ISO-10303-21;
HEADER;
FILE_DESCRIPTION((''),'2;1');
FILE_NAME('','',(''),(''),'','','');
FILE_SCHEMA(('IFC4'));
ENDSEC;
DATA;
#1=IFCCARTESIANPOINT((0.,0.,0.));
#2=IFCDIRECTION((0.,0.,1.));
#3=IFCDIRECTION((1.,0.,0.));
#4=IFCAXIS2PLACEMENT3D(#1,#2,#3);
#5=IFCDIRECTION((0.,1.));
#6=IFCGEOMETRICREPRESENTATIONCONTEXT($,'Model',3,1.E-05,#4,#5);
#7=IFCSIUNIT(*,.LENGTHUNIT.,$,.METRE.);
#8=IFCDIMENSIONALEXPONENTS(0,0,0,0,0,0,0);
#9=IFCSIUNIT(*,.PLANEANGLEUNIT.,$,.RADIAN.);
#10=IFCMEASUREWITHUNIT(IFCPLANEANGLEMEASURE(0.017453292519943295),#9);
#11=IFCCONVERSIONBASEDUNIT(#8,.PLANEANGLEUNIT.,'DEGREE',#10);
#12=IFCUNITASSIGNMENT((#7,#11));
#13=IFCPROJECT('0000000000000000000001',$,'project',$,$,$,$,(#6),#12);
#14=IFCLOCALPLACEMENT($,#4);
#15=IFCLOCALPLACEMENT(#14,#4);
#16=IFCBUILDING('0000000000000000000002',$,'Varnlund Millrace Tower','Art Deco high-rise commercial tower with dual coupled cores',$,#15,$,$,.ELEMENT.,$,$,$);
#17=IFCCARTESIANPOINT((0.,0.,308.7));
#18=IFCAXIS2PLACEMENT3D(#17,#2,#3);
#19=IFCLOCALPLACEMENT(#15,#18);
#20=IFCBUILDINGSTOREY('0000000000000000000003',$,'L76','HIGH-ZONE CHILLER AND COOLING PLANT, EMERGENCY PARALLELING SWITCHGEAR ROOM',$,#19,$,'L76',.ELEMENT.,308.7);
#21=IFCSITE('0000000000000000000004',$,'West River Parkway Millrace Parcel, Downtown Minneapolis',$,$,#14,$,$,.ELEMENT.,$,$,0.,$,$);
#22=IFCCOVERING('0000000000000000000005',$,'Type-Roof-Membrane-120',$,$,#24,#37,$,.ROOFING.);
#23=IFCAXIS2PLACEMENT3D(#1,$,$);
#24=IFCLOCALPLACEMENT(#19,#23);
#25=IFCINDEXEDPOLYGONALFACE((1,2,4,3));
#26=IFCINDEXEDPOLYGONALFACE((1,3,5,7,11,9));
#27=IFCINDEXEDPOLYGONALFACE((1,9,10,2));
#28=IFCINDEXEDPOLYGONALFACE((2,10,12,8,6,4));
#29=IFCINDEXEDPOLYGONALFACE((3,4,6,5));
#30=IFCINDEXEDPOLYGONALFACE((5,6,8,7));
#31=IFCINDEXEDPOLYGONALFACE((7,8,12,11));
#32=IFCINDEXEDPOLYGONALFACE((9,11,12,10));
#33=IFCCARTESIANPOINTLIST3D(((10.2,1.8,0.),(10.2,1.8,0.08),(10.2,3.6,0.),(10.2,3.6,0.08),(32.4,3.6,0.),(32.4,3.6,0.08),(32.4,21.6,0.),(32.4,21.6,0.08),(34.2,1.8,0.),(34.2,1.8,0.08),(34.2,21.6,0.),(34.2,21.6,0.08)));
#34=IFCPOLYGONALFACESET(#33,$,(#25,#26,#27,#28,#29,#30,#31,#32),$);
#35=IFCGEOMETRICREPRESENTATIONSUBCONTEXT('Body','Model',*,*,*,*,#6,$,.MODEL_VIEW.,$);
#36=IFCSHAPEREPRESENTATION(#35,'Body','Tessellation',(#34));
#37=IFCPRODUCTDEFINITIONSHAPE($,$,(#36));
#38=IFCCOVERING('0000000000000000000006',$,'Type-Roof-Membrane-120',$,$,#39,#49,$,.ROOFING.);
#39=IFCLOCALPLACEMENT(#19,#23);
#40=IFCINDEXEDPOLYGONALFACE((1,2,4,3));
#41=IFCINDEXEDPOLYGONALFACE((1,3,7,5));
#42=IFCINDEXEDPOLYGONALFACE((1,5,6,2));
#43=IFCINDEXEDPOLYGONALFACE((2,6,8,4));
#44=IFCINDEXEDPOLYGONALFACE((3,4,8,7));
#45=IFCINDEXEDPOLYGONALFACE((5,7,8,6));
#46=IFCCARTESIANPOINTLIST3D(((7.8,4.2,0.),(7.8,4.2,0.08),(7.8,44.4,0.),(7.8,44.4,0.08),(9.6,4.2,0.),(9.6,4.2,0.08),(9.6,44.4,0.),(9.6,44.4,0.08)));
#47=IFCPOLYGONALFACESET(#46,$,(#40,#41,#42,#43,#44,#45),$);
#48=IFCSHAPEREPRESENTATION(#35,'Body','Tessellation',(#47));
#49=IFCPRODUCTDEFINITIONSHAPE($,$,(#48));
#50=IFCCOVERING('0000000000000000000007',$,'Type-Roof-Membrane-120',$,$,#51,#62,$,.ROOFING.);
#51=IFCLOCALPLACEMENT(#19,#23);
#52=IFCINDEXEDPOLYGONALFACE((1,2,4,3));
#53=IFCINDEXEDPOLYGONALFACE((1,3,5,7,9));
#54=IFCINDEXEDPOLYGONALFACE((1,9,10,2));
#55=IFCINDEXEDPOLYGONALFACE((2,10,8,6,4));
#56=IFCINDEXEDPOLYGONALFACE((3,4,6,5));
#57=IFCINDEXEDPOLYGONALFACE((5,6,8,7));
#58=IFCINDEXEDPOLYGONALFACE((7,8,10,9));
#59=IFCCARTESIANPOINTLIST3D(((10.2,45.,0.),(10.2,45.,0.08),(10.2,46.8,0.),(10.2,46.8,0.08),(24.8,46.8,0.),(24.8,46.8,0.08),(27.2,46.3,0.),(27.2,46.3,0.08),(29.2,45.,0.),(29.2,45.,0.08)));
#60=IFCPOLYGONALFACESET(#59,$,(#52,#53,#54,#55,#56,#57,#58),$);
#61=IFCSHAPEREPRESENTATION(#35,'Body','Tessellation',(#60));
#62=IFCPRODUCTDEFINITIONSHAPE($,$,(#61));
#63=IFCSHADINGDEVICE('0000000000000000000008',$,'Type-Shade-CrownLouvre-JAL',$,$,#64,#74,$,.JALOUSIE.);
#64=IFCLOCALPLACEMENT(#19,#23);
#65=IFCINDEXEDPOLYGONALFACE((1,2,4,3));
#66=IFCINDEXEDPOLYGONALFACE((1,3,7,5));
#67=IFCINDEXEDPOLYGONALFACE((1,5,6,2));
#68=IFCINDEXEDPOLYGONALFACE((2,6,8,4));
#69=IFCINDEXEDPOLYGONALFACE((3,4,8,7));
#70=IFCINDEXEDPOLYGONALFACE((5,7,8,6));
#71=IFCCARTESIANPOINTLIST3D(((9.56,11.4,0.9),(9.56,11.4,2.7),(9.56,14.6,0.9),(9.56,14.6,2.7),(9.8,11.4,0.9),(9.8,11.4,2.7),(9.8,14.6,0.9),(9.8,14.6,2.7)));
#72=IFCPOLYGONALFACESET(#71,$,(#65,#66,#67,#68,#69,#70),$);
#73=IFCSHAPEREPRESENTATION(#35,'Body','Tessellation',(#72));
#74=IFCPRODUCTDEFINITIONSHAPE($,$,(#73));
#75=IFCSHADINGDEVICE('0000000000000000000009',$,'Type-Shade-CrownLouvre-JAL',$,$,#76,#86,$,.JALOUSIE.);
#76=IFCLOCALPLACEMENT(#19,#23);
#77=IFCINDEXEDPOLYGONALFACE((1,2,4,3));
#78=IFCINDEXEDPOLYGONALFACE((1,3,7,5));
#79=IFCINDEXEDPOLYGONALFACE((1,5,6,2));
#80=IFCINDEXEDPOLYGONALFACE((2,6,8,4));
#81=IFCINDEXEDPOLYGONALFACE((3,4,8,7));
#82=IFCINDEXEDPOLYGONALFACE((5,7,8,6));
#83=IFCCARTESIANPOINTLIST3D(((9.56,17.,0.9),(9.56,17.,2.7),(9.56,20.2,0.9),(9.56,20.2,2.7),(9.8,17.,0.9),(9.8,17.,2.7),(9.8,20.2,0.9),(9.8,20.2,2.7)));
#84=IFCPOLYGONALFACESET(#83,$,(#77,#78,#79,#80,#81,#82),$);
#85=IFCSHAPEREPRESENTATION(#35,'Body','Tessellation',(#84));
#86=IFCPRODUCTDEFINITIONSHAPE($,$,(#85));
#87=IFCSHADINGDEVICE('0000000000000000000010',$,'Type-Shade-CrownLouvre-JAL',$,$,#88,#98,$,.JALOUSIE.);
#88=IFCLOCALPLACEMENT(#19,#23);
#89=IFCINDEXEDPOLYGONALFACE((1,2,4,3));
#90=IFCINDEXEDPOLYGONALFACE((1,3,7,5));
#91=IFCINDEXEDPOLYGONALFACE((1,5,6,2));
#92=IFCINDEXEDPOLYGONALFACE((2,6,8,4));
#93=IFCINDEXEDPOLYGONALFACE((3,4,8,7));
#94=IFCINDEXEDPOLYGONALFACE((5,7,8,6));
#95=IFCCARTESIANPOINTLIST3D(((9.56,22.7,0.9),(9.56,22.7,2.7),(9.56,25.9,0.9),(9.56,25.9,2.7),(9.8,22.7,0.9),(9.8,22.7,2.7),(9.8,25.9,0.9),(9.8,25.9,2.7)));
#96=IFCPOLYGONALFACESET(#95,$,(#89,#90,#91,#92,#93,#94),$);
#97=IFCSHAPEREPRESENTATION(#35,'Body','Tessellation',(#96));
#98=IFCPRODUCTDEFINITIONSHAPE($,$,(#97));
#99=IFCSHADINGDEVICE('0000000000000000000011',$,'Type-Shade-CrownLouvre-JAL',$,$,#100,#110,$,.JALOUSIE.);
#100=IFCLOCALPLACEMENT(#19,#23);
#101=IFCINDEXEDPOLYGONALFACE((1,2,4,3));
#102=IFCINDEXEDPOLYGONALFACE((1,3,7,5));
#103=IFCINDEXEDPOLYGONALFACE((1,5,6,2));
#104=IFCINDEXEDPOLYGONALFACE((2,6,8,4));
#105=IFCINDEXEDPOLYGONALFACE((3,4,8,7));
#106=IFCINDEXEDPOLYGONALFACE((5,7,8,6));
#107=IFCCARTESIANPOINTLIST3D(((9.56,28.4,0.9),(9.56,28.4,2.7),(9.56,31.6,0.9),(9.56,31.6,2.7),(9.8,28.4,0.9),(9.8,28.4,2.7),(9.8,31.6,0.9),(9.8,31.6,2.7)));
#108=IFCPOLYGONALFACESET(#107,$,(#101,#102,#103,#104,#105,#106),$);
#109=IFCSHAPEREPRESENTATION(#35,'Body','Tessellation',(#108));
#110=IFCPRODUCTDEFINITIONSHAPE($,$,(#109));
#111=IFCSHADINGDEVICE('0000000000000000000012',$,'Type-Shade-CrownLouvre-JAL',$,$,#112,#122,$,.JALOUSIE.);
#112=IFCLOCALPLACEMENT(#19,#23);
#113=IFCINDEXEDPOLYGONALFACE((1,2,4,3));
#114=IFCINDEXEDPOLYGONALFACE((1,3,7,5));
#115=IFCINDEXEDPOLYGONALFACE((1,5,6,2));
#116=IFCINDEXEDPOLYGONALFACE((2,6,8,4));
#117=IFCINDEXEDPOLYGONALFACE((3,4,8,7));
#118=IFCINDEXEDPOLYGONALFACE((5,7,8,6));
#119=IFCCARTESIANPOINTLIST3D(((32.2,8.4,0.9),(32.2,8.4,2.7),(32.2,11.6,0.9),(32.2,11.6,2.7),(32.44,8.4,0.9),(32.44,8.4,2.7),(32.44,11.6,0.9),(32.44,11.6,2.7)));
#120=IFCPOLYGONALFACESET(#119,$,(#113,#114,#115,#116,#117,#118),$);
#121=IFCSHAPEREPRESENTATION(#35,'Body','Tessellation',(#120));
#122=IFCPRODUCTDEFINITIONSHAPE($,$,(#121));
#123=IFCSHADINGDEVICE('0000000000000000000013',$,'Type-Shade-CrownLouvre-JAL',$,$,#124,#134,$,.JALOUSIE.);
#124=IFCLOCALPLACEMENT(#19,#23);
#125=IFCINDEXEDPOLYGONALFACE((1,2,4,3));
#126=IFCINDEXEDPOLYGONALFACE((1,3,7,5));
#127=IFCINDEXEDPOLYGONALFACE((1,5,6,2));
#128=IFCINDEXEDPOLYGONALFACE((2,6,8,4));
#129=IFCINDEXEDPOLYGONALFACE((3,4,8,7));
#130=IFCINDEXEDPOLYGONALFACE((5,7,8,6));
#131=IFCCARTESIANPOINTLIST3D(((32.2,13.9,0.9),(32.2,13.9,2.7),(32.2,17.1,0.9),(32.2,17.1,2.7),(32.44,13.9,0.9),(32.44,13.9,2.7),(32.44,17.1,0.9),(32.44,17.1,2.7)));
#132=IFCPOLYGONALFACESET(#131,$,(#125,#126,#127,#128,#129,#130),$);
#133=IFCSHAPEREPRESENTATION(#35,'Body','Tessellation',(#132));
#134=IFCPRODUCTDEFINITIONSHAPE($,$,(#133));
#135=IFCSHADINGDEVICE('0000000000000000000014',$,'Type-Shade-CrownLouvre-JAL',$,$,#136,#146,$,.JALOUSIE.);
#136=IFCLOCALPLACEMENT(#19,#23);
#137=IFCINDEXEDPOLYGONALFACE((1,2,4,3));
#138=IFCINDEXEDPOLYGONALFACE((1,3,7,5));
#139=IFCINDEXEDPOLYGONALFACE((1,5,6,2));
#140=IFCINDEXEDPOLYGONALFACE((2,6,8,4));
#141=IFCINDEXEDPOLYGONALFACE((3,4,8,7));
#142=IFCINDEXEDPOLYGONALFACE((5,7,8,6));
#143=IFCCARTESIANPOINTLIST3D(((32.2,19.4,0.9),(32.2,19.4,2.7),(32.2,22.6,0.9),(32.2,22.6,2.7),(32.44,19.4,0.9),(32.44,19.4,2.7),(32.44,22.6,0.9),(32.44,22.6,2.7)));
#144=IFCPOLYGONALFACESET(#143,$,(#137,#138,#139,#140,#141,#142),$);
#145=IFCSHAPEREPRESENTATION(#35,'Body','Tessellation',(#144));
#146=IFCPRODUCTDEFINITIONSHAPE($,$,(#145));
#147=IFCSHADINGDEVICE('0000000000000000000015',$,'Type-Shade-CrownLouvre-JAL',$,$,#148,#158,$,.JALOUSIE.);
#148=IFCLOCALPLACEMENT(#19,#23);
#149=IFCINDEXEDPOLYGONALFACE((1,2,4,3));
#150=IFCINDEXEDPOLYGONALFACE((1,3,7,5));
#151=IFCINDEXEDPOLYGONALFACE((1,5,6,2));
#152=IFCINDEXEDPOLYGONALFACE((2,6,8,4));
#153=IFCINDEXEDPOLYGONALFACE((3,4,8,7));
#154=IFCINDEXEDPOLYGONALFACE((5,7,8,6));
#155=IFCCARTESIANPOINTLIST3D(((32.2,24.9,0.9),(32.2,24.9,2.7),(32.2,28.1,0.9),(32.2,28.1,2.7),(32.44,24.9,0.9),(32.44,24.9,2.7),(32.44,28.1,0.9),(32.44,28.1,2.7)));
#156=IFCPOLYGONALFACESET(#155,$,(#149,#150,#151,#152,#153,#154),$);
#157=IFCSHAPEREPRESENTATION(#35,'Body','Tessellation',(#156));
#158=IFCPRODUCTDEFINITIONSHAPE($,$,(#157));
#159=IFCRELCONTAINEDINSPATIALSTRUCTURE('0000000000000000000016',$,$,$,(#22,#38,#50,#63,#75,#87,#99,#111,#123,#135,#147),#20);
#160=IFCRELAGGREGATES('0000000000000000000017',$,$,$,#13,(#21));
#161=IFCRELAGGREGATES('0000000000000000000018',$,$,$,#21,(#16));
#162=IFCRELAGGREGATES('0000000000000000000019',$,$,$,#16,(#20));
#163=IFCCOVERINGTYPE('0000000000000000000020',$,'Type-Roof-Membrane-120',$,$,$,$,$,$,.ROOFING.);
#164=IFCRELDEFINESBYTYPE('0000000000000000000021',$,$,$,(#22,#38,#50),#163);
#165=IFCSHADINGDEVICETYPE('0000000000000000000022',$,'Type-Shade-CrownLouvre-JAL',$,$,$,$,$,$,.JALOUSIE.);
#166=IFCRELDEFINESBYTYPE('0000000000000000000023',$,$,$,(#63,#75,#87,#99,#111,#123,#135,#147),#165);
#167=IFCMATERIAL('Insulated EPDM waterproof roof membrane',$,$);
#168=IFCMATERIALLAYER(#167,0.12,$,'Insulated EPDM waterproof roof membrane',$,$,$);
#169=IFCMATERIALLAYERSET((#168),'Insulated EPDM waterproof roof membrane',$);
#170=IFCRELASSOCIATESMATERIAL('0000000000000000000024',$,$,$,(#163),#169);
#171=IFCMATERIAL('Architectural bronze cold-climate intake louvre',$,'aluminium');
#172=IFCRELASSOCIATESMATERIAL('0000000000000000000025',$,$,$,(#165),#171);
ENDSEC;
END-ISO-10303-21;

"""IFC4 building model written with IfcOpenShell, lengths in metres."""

from ifc_helpers import new_model, entity, si_unit, converted_unit, direction, frame, origin_with_axes, origin_2d_with_axis, place, context, subcontext, project, spatial, polyline, rectangle, outline, extrude, material, layer, layer_set, type_object, element, save


model = new_model("IFC4")

# Units and contexts
model_context = context("Model", 3, precision=1e-05, world=origin_with_axes(), true_north=direction((0.0, 1.0)))
body_context = subcontext(model_context, "Body", "Model", "MODEL_VIEW")
ifc_project = project(units=[si_unit("LENGTHUNIT", "METRE"), converted_unit("PLANEANGLEUNIT", "DEGREE", entity("IfcPlaneAngleMeasure", 0.017453292519943295), si_unit("PLANEANGLEUNIT", "RADIAN"), dimensions=[0, 0, 0, 0, 0, 0, 0])], contexts=[model_context])

# Site, building, storey
site_placement = place(None, origin_with_axes())
site = spatial("IfcSite", under=ifc_project, at=site_placement, Name="West River Parkway Millrace Parcel, Downtown Minneapolis", CompositionType="ELEMENT", RefElevation=0.0)
building_placement = place(site_placement, origin_with_axes())
building = spatial("IfcBuilding", under=site, at=building_placement, Name="Varnlund Millrace Tower", Description="Art Deco high-rise commercial tower with dual coupled cores", CompositionType="ELEMENT")
storey_placement = place(building_placement, frame((0.0, 0.0, 308.7), z_axis=(0.0, 0.0, 1.0), x_axis=(1.0, 0.0, 0.0)))
storey = spatial("IfcBuildingStorey", under=building, at=storey_placement, Name="L76", Description="HIGH-ZONE CHILLER AND COOLING PLANT, EMERGENCY PARALLELING SWITCHGEAR ROOM", LongName="L76", CompositionType="ELEMENT", Elevation=308.7)

# Coverings
ifc_material_1 = material(Name="Insulated EPDM waterproof roof membrane")
ifc_layer_1 = layer(ifc_material_1, 0.12, Name="Insulated EPDM waterproof roof membrane")
ifc_layer_set_1 = layer_set([ifc_layer_1], Name="Insulated EPDM waterproof roof membrane")
covering_type = type_object("IfcCoveringType", Name="Type-Roof-Membrane-120", PredefinedType="ROOFING", material=ifc_layer_set_1)
covering_1_placement = place(storey_placement, origin_with_axes())
element("IfcCovering", 1, at=covering_1_placement, inside=storey, type_object=covering_type, Name="Type-Roof-Membrane-120", PredefinedType="ROOFING", context=body_context, shape_type="SweptSolid", body=[
    extrude(outline(polyline([(34.2, 21.6), (32.4, 21.6), (32.4, 3.6), (10.2, 3.6), (10.2, 1.8), (34.2, 1.8), (34.2, 21.6)])), origin_with_axes(), (0.0, 0.0, 1.0), 0.08),
])
covering_2_placement = place(storey_placement, origin_with_axes())
element("IfcCovering", 2, at=covering_2_placement, inside=storey, type_object=covering_type, Name="Type-Roof-Membrane-120", PredefinedType="ROOFING", context=body_context, shape_type="SweptSolid", body=[
    extrude(outline(polyline([(9.6, 4.2), (9.6, 44.4), (7.8, 44.4), (7.8, 4.2), (9.6, 4.2)])), origin_with_axes(), (0.0, 0.0, 1.0), 0.08),
])
covering_3_placement = place(storey_placement, origin_with_axes())
element("IfcCovering", 3, at=covering_3_placement, inside=storey, type_object=covering_type, Name="Type-Roof-Membrane-120", PredefinedType="ROOFING", context=body_context, shape_type="SweptSolid", body=[
    extrude(outline(polyline([(10.2, 45.0), (29.2, 45.0), (27.2, 46.3), (24.8, 46.8), (10.2, 46.8), (10.2, 45.0)])), origin_with_axes(), (0.0, 0.0, 1.0), 0.08),
])

# Shading devices
ifc_material_2 = material(Name="Architectural bronze cold-climate intake louvre", Category="aluminium")
shading_device_type = type_object("IfcShadingDeviceType", Name="Type-Shade-CrownLouvre-JAL", PredefinedType="JALOUSIE", material=ifc_material_2)
for number, where, z_axis, x_axis, name in (
    (4, (9.68, 13.0, 0.9), (0.0, 0.0, 1.0), (0.0, 1.0, 0.0), "Type-Shade-CrownLouvre-JAL"),
    (5, (9.68, 18.6, 0.9), (0.0, 0.0, 1.0), (0.0, 1.0, 0.0), "Type-Shade-CrownLouvre-JAL"),
    (6, (9.68, 24.3, 0.9), (0.0, 0.0, 1.0), (0.0, 1.0, 0.0), "Type-Shade-CrownLouvre-JAL"),
    (7, (9.68, 30.0, 0.9), (0.0, 0.0, 1.0), (0.0, 1.0, 0.0), "Type-Shade-CrownLouvre-JAL"),
    (8, (32.32, 10.0, 0.9), (0.0, 0.0, 1.0), (0.0, 1.0, 0.0), "Type-Shade-CrownLouvre-JAL"),
    (9, (32.32, 15.5, 0.9), (0.0, 0.0, 1.0), (0.0, 1.0, 0.0), "Type-Shade-CrownLouvre-JAL"),
    (10, (32.32, 21.0, 0.9), (0.0, 0.0, 1.0), (0.0, 1.0, 0.0), "Type-Shade-CrownLouvre-JAL"),
    (11, (32.32, 26.5, 0.9), (0.0, 0.0, 1.0), (0.0, 1.0, 0.0), "Type-Shade-CrownLouvre-JAL"),
):
    element("IfcShadingDevice", number, at=place(storey_placement, frame(where, z_axis=z_axis, x_axis=x_axis)), inside=storey, type_object=shading_device_type, Name=name, PredefinedType="JALOUSIE", context=body_context, shape_type="SweptSolid", body=[
        extrude(rectangle(XDim=3.2, YDim=0.24, at=origin_2d_with_axis()), origin_with_axes(), (0.0, 0.0, 1.0), 1.8),
    ])

save(model, "model.ifc")
